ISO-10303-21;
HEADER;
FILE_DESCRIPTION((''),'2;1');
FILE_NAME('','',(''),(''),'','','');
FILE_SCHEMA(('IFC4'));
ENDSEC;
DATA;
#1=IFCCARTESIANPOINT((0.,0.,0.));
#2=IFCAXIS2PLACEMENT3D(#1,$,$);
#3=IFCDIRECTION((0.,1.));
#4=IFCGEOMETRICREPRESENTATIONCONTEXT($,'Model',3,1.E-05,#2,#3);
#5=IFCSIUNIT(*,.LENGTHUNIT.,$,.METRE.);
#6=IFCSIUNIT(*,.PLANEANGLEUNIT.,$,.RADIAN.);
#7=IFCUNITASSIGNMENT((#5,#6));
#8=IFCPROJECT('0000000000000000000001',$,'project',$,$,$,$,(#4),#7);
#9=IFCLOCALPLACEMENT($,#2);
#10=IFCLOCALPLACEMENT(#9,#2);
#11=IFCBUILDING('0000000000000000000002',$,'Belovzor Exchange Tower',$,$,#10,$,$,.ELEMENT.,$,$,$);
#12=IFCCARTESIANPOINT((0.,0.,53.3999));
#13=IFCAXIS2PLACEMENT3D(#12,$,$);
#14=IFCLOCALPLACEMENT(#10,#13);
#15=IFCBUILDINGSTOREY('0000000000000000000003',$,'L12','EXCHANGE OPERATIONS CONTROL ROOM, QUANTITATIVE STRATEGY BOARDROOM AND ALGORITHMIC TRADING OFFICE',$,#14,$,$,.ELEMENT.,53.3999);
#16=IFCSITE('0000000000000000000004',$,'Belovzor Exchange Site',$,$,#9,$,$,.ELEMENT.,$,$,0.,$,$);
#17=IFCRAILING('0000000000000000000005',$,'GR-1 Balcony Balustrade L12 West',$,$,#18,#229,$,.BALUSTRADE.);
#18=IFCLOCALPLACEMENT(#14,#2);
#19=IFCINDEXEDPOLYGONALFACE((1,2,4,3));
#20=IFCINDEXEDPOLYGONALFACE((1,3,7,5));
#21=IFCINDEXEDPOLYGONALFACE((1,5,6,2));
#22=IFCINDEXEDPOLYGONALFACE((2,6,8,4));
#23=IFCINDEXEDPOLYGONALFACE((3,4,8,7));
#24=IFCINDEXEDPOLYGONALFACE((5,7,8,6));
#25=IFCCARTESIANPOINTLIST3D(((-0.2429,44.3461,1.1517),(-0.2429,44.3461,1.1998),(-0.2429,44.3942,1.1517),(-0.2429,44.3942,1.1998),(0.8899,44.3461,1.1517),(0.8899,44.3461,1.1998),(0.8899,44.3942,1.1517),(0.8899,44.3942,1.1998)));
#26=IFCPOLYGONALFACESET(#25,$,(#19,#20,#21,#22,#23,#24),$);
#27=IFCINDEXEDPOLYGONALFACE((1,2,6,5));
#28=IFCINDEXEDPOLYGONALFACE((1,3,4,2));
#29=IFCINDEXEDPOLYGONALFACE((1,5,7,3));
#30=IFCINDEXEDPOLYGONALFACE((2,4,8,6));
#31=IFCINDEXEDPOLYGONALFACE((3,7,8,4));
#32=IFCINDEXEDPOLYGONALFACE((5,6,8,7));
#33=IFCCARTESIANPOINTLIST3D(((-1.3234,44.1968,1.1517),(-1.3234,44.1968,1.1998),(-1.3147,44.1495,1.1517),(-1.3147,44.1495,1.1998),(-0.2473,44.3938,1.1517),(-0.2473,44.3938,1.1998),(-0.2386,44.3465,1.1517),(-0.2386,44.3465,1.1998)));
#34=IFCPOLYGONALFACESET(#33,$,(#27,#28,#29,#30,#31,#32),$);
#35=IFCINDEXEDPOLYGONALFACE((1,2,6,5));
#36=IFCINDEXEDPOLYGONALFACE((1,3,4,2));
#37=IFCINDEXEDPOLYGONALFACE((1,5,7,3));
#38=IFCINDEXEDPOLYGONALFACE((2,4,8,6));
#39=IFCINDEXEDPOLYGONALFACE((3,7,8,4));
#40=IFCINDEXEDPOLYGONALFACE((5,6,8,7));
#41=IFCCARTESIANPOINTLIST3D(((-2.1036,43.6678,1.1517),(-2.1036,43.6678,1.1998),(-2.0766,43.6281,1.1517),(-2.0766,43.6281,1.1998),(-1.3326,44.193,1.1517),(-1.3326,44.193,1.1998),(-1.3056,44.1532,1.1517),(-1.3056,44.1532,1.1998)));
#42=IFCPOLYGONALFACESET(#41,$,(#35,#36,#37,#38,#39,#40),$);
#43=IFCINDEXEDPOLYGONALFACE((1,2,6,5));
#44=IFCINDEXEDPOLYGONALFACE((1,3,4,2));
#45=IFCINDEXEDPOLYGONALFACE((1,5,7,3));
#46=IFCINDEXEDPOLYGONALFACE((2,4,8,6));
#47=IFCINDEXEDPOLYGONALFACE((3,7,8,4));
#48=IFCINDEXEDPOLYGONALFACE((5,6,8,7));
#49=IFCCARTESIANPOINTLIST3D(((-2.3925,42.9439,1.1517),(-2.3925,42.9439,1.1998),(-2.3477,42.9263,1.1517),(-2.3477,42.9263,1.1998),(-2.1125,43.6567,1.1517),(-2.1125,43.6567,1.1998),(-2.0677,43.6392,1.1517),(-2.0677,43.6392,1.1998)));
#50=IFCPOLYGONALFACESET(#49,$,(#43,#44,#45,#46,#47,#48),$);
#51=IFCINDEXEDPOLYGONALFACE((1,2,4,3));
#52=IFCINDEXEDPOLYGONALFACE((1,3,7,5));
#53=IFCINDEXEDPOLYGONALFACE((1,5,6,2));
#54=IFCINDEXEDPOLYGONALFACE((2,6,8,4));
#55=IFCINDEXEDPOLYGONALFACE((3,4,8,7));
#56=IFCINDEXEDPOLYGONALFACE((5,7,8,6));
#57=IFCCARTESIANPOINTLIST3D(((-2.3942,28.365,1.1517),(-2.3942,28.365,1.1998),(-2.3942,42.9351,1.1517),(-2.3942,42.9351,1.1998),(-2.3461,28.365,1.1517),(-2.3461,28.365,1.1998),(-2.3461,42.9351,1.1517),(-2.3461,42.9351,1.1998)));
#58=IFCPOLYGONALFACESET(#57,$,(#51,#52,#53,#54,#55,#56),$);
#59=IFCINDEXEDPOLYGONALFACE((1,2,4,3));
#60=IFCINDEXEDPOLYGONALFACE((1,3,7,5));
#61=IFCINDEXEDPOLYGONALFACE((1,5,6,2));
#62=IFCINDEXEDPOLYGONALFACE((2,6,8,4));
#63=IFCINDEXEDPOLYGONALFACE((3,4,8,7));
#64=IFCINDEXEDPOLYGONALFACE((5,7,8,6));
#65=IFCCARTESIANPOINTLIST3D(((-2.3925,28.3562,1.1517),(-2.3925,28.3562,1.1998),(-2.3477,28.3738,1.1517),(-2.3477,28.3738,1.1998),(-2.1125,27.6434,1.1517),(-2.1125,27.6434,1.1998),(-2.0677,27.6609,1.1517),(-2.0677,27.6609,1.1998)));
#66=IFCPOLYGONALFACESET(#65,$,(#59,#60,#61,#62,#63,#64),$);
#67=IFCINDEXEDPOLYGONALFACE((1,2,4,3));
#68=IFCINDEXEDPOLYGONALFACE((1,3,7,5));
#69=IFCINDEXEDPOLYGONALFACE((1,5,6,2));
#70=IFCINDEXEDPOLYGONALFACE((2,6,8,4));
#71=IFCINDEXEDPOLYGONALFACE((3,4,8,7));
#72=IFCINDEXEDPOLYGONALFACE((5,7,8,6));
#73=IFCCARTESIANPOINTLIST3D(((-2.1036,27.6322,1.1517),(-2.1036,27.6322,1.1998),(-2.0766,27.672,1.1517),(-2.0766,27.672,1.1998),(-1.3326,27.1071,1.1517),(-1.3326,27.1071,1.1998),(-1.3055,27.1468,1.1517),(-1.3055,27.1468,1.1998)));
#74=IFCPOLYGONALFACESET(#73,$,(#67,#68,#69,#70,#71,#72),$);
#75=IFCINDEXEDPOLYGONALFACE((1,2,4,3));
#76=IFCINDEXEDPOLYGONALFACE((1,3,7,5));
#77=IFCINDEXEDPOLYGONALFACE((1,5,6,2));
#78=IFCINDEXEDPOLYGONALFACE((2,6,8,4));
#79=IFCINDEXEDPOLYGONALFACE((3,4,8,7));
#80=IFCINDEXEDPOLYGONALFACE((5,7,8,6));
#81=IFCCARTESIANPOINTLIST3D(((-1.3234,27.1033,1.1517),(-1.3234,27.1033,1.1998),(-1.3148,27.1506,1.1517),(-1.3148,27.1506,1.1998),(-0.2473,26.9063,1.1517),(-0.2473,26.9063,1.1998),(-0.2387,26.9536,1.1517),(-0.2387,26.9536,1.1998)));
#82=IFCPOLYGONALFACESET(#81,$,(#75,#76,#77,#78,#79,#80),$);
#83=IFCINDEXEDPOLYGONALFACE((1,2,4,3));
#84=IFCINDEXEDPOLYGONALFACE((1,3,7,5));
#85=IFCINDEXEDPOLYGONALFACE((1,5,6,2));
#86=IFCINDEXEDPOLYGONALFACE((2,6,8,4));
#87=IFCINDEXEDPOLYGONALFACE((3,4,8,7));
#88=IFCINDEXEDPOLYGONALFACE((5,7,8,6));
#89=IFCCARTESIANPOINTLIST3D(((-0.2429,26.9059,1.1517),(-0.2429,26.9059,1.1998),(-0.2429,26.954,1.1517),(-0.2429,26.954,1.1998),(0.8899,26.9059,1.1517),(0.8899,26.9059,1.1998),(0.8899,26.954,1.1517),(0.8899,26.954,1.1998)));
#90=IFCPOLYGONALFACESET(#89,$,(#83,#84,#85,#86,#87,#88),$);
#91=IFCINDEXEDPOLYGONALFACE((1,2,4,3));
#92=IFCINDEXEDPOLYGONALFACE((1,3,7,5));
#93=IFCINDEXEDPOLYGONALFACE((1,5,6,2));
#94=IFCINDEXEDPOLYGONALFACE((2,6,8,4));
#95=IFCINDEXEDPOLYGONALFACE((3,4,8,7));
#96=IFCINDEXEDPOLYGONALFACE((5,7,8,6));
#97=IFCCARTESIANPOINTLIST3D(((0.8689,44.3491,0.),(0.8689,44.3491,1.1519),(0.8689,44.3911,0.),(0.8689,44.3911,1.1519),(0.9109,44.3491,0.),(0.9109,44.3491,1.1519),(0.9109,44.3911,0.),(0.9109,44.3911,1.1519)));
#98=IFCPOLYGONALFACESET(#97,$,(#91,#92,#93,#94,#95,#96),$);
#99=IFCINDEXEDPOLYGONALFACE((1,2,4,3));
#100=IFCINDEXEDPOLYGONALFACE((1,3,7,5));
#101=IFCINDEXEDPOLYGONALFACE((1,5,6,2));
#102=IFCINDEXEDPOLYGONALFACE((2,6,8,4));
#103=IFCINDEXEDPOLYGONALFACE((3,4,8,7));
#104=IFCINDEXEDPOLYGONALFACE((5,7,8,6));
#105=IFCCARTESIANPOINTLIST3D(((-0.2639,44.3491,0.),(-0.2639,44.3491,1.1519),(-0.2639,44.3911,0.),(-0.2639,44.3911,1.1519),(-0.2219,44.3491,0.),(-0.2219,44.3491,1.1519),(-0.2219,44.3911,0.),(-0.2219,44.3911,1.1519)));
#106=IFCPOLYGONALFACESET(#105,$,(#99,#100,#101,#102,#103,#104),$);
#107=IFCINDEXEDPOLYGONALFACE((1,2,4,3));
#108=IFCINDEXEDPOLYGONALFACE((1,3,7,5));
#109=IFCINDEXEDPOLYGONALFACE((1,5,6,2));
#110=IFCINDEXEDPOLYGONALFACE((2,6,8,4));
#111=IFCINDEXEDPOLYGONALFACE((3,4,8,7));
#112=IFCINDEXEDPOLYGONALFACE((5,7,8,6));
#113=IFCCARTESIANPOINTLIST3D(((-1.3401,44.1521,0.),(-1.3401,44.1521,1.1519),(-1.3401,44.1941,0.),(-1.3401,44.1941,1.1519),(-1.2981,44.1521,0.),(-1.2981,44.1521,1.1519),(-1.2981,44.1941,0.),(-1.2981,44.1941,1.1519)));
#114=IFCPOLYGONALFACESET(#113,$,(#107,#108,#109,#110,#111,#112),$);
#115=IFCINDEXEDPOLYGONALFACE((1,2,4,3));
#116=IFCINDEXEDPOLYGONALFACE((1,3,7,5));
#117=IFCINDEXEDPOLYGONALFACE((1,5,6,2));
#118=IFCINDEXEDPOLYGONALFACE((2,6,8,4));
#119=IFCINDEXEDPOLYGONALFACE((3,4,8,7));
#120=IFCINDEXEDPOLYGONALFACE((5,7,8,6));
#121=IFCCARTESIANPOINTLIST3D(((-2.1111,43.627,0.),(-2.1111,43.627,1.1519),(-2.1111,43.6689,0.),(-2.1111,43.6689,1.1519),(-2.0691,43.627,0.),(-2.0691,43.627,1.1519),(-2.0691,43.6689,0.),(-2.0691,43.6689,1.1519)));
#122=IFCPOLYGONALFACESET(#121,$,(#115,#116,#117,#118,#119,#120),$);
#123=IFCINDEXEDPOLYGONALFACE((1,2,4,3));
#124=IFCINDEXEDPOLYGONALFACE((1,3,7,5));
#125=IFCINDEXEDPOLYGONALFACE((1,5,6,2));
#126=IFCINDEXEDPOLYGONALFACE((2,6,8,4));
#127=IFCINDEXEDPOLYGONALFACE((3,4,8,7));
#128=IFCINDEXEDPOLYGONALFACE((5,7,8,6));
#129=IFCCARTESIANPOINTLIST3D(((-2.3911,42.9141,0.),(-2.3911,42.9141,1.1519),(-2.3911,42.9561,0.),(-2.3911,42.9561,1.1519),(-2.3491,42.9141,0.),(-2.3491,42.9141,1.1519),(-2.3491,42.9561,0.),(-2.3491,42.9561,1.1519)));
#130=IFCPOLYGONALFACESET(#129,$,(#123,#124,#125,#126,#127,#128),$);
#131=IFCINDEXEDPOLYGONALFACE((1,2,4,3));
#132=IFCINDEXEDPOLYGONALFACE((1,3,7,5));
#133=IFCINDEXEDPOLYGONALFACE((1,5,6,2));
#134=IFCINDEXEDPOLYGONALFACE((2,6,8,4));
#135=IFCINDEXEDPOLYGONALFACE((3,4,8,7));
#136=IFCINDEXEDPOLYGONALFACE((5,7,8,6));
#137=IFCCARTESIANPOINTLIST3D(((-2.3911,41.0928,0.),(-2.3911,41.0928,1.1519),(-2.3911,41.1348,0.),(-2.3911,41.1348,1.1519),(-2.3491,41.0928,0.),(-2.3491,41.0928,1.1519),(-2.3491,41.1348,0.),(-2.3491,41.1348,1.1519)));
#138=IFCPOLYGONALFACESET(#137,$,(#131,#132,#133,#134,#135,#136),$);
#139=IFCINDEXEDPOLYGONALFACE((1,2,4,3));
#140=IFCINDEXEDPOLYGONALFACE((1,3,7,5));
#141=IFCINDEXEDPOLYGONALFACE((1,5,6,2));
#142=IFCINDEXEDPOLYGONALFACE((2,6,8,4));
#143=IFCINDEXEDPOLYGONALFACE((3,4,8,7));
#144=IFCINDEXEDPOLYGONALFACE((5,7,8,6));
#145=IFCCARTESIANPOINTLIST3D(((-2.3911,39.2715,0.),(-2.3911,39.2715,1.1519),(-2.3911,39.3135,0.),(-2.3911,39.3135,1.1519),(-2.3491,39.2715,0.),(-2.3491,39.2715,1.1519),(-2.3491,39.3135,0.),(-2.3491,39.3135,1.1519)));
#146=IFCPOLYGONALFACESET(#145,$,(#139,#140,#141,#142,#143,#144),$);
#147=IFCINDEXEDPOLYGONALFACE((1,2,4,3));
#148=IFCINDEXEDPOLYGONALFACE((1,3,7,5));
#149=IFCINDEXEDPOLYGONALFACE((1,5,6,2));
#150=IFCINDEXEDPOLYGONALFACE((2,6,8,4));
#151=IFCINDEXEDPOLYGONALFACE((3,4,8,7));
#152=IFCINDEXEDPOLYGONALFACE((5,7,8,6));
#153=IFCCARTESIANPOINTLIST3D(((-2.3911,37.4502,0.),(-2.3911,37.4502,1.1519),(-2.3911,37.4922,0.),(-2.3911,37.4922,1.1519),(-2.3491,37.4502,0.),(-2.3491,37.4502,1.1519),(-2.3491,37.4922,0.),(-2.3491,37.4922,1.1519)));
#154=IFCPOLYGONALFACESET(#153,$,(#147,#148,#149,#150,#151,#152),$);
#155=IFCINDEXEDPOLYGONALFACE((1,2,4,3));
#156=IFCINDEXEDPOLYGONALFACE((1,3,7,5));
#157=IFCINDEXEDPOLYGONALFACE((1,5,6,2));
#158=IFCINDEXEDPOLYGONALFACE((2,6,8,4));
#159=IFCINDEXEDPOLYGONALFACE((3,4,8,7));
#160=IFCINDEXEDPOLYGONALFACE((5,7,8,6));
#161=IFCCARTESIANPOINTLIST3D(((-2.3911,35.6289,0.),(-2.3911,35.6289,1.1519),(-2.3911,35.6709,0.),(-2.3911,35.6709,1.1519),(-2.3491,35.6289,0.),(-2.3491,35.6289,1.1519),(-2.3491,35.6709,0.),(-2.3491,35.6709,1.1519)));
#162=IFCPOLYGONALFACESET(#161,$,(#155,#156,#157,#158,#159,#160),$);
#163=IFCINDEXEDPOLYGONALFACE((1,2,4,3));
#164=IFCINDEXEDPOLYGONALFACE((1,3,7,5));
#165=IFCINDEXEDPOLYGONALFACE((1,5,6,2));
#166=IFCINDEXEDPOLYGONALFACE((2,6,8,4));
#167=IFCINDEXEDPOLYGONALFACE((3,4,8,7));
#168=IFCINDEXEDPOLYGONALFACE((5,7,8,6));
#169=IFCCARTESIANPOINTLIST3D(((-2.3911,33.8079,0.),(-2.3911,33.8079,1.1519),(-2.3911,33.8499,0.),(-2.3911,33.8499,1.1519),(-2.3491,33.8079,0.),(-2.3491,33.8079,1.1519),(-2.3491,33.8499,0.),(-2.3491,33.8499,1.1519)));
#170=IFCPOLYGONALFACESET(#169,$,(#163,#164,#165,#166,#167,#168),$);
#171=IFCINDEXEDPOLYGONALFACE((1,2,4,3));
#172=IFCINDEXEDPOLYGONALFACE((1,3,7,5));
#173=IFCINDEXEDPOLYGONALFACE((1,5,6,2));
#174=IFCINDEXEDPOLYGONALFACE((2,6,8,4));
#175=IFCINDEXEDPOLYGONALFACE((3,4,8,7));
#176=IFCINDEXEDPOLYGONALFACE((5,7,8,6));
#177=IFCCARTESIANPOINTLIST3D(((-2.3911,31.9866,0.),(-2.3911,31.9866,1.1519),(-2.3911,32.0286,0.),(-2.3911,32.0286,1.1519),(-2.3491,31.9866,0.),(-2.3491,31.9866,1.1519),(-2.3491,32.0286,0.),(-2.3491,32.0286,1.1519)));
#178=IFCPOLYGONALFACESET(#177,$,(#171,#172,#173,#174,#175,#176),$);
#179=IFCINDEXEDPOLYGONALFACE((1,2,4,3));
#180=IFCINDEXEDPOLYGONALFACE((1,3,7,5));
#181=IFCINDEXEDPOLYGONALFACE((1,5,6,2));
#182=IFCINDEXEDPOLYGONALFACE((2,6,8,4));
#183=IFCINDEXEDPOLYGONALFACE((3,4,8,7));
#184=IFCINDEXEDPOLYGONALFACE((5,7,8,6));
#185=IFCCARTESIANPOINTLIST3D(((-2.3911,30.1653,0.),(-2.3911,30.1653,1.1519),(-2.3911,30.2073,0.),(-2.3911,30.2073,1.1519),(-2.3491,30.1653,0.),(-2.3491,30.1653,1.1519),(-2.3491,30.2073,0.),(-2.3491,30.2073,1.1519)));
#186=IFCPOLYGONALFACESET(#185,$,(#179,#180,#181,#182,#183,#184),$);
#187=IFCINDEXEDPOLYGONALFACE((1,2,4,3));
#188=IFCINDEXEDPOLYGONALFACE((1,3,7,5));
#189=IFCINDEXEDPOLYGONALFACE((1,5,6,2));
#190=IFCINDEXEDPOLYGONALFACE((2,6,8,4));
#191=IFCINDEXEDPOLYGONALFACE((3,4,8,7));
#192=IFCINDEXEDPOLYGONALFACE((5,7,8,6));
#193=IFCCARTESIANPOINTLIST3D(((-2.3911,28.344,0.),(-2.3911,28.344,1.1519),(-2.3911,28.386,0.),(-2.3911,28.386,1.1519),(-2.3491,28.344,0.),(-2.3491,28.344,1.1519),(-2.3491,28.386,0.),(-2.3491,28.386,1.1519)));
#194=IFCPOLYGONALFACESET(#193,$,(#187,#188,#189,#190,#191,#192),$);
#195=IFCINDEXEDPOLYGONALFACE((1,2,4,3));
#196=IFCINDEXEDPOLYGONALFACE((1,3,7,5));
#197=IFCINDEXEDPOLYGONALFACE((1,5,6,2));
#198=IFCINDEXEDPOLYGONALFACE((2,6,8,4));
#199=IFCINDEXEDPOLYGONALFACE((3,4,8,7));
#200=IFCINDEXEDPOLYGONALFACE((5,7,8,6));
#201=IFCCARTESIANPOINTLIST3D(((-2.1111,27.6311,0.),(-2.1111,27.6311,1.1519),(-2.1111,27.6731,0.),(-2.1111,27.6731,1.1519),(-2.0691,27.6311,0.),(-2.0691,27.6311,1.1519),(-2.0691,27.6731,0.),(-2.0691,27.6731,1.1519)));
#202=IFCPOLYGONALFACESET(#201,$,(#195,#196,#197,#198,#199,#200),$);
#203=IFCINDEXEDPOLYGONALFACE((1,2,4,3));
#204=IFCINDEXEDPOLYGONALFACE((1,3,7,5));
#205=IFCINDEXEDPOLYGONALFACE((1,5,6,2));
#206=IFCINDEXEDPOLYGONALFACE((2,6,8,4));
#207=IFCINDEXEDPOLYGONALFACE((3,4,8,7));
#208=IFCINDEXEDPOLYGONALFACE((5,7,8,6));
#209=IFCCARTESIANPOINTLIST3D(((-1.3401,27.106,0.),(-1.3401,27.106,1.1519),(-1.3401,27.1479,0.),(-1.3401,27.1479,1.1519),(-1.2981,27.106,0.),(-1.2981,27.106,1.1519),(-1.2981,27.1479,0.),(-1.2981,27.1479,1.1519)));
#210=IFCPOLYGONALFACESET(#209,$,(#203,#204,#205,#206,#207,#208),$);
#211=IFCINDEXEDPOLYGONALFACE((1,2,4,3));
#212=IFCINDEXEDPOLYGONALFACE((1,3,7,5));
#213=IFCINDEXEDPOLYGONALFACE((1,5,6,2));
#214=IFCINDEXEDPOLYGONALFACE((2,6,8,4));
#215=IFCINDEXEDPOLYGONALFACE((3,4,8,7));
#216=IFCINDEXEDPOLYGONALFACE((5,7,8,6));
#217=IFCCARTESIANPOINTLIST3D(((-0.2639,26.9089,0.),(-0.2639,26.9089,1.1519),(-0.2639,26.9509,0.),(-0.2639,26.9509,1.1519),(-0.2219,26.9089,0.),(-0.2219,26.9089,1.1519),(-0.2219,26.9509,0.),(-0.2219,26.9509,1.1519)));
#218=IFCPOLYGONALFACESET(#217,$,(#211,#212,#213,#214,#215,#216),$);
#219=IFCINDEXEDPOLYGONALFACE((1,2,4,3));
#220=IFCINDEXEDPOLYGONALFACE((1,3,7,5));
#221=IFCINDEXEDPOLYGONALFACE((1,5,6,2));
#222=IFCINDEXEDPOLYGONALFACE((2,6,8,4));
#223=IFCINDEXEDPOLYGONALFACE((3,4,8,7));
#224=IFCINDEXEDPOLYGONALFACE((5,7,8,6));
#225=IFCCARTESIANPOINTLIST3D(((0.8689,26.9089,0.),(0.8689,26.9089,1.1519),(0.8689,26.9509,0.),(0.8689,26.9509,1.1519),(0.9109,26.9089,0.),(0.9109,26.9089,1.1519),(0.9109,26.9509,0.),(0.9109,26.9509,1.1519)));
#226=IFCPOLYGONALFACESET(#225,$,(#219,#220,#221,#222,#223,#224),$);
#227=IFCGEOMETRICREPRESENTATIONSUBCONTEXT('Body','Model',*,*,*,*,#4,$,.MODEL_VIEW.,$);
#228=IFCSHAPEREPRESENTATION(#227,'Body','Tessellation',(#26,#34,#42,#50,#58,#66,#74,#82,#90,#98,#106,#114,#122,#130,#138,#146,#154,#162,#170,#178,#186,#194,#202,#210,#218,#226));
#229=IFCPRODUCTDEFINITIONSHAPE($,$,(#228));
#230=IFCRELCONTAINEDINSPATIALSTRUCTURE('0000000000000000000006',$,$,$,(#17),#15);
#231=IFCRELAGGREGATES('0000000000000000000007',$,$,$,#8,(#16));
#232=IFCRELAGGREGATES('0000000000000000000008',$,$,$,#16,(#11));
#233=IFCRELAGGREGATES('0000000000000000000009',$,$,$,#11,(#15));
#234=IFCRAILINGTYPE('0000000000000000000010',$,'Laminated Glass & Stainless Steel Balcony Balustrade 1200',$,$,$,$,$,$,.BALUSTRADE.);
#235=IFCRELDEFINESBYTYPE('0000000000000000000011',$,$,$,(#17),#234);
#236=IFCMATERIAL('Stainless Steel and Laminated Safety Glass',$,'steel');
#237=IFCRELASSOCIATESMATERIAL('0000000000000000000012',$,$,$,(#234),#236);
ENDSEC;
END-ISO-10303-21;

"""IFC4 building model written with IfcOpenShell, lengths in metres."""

from ifc_helpers import new_model, si_unit, direction, frame, origin, origin_2d, place, context, subcontext, project, spatial, rectangle, extrude, material, type_object, element, save


model = new_model("IFC4")

# Units and contexts
model_context = context("Model", 3, precision=1e-05, world=origin(), true_north=direction((0.0, 1.0)))
body_context = subcontext(model_context, "Body", "Model", "MODEL_VIEW")
ifc_project = project(units=[si_unit("LENGTHUNIT", "METRE"), si_unit("PLANEANGLEUNIT", "RADIAN")], contexts=[model_context])

# Site, building, storey
site_placement = place(None, origin())
site = spatial("IfcSite", under=ifc_project, at=site_placement, Name="Belovzor Exchange Site", CompositionType="ELEMENT", RefElevation=0.0)
building_placement = place(site_placement, origin())
building = spatial("IfcBuilding", under=site, at=building_placement, Name="Belovzor Exchange Tower", CompositionType="ELEMENT")
storey_placement = place(building_placement, frame((0.0, 0.0, 53.3999)))
storey = spatial("IfcBuildingStorey", under=building, at=storey_placement, Name="L12", Description="EXCHANGE OPERATIONS CONTROL ROOM, QUANTITATIVE STRATEGY BOARDROOM AND ALGORITHMIC TRADING OFFICE", CompositionType="ELEMENT", Elevation=53.3999)

# Railing
ifc_material_1 = material(Name="Stainless Steel and Laminated Safety Glass", Category="steel")
railing_type = type_object("IfcRailingType", Name="Laminated Glass & Stainless Steel Balcony Balustrade 1200", PredefinedType="BALUSTRADE", material=ifc_material_1)
railing_placement = place(storey_placement, frame((0.8899, 44.3701, 0.0)))
element("IfcRailing", 1, at=railing_placement, inside=storey, type_object=railing_type, Name="GR-1 Balcony Balustrade L12 West", PredefinedType="BALUSTRADE", context=body_context, shape_type="SweptSolid", body=[
    extrude(rectangle(XDim=0.0481, YDim=0.0481, at=origin_2d()), frame((0.0, 0.0, 1.1758), z_axis=(-1.0, 0.0, 0.0), x_axis=(0.0, -1.0, 0.0)), (0.0, 0.0, 1.0), 1.1328),
    extrude(rectangle(XDim=0.0481, YDim=0.0481, at=origin_2d()), frame((-1.1328, 0.0, 1.1758), z_axis=(-0.983651, -0.180083, 0.0), x_axis=(0.180083, -0.983651, 0.0)), (0.0, 0.0, 1.0), 1.094),
    extrude(rectangle(XDim=0.0481, YDim=0.0481, at=origin_2d()), frame((-2.209, -0.197, 1.1758), z_axis=(-0.826493, -0.562947, 0.0), x_axis=(0.562947, -0.826493, 0.0)), (0.0, 0.0, 1.0), 0.9329),
    extrude(rectangle(XDim=0.0481, YDim=0.0481, at=origin_2d()), frame((-2.98, -0.7222, 1.1758), z_axis=(-0.365613, -0.930767, 0.0), x_axis=(0.930767, -0.365613, 0.0)), (0.0, 0.0, 1.0), 0.7659),
    extrude(rectangle(XDim=0.0481, YDim=0.0481, at=origin_2d()), frame((-3.26, -1.4351, 1.1758), z_axis=(0.0, -1.0, 0.0), x_axis=(1.0, 0.0, 0.0)), (0.0, 0.0, 1.0), 14.5701),
    extrude(rectangle(XDim=0.0481, YDim=0.0481, at=origin_2d()), frame((-3.26, -16.0051, 1.1758), z_axis=(0.365613, -0.930767, 0.0), x_axis=(0.930767, 0.365613, 0.0)), (0.0, 0.0, 1.0), 0.7659),
    extrude(rectangle(XDim=0.0481, YDim=0.0481, at=origin_2d()), frame((-2.98, -16.718, 1.1758), z_axis=(0.826493, -0.562947, 0.0), x_axis=(0.562947, 0.826493, 0.0)), (0.0, 0.0, 1.0), 0.9329),
    extrude(rectangle(XDim=0.0481, YDim=0.0481, at=origin_2d()), frame((-2.209, -17.2432, 1.1758), z_axis=(0.983651, -0.180083, 0.0), x_axis=(0.180083, 0.983651, 0.0)), (0.0, 0.0, 1.0), 1.094),
    extrude(rectangle(XDim=0.0481, YDim=0.0481, at=origin_2d()), frame((-1.1328, -17.4402, 1.1758), z_axis=(1.0, 0.0, 0.0), x_axis=(0.0, 1.0, 0.0)), (0.0, 0.0, 1.0), 1.1328),
    extrude(rectangle(XDim=0.042, YDim=0.042, at=origin_2d()), origin(), (0.0, 0.0, 1.0), 1.1519),
    extrude(rectangle(XDim=0.042, YDim=0.042, at=origin_2d()), frame((-1.1328, 0.0, 0.0)), (0.0, 0.0, 1.0), 1.1519),
    extrude(rectangle(XDim=0.042, YDim=0.042, at=origin_2d()), frame((-2.209, -0.197, 0.0)), (0.0, 0.0, 1.0), 1.1519),
    extrude(rectangle(XDim=0.042, YDim=0.042, at=origin_2d()), frame((-2.98, -0.7222, 0.0)), (0.0, 0.0, 1.0), 1.1519),
    extrude(rectangle(XDim=0.042, YDim=0.042, at=origin_2d()), frame((-3.26, -1.4351, 0.0)), (0.0, 0.0, 1.0), 1.1519),
    extrude(rectangle(XDim=0.042, YDim=0.042, at=origin_2d()), frame((-3.26, -3.2563, 0.0)), (0.0, 0.0, 1.0), 1.1519),
    extrude(rectangle(XDim=0.042, YDim=0.042, at=origin_2d()), frame((-3.26, -5.0776, 0.0)), (0.0, 0.0, 1.0), 1.1519),
    extrude(rectangle(XDim=0.042, YDim=0.042, at=origin_2d()), frame((-3.26, -6.8989, 0.0)), (0.0, 0.0, 1.0), 1.1519),
    extrude(rectangle(XDim=0.042, YDim=0.042, at=origin_2d()), frame((-3.26, -8.7202, 0.0)), (0.0, 0.0, 1.0), 1.1519),
    extrude(rectangle(XDim=0.042, YDim=0.042, at=origin_2d()), frame((-3.26, -10.5413, 0.0)), (0.0, 0.0, 1.0), 1.1519),
    extrude(rectangle(XDim=0.042, YDim=0.042, at=origin_2d()), frame((-3.26, -12.3625, 0.0)), (0.0, 0.0, 1.0), 1.1519),
    extrude(rectangle(XDim=0.042, YDim=0.042, at=origin_2d()), frame((-3.26, -14.1838, 0.0)), (0.0, 0.0, 1.0), 1.1519),
    extrude(rectangle(XDim=0.042, YDim=0.042, at=origin_2d()), frame((-3.26, -16.0051, 0.0)), (0.0, 0.0, 1.0), 1.1519),
    extrude(rectangle(XDim=0.042, YDim=0.042, at=origin_2d()), frame((-2.98, -16.718, 0.0)), (0.0, 0.0, 1.0), 1.1519),
    extrude(rectangle(XDim=0.042, YDim=0.042, at=origin_2d()), frame((-2.209, -17.2432, 0.0)), (0.0, 0.0, 1.0), 1.1519),
    extrude(rectangle(XDim=0.042, YDim=0.042, at=origin_2d()), frame((-1.1328, -17.4402, 0.0)), (0.0, 0.0, 1.0), 1.1519),
    extrude(rectangle(XDim=0.042, YDim=0.042, at=origin_2d()), frame((0.0, -17.4402, 0.0)), (0.0, 0.0, 1.0), 1.1519),
])

save(model, "model.ifc")
